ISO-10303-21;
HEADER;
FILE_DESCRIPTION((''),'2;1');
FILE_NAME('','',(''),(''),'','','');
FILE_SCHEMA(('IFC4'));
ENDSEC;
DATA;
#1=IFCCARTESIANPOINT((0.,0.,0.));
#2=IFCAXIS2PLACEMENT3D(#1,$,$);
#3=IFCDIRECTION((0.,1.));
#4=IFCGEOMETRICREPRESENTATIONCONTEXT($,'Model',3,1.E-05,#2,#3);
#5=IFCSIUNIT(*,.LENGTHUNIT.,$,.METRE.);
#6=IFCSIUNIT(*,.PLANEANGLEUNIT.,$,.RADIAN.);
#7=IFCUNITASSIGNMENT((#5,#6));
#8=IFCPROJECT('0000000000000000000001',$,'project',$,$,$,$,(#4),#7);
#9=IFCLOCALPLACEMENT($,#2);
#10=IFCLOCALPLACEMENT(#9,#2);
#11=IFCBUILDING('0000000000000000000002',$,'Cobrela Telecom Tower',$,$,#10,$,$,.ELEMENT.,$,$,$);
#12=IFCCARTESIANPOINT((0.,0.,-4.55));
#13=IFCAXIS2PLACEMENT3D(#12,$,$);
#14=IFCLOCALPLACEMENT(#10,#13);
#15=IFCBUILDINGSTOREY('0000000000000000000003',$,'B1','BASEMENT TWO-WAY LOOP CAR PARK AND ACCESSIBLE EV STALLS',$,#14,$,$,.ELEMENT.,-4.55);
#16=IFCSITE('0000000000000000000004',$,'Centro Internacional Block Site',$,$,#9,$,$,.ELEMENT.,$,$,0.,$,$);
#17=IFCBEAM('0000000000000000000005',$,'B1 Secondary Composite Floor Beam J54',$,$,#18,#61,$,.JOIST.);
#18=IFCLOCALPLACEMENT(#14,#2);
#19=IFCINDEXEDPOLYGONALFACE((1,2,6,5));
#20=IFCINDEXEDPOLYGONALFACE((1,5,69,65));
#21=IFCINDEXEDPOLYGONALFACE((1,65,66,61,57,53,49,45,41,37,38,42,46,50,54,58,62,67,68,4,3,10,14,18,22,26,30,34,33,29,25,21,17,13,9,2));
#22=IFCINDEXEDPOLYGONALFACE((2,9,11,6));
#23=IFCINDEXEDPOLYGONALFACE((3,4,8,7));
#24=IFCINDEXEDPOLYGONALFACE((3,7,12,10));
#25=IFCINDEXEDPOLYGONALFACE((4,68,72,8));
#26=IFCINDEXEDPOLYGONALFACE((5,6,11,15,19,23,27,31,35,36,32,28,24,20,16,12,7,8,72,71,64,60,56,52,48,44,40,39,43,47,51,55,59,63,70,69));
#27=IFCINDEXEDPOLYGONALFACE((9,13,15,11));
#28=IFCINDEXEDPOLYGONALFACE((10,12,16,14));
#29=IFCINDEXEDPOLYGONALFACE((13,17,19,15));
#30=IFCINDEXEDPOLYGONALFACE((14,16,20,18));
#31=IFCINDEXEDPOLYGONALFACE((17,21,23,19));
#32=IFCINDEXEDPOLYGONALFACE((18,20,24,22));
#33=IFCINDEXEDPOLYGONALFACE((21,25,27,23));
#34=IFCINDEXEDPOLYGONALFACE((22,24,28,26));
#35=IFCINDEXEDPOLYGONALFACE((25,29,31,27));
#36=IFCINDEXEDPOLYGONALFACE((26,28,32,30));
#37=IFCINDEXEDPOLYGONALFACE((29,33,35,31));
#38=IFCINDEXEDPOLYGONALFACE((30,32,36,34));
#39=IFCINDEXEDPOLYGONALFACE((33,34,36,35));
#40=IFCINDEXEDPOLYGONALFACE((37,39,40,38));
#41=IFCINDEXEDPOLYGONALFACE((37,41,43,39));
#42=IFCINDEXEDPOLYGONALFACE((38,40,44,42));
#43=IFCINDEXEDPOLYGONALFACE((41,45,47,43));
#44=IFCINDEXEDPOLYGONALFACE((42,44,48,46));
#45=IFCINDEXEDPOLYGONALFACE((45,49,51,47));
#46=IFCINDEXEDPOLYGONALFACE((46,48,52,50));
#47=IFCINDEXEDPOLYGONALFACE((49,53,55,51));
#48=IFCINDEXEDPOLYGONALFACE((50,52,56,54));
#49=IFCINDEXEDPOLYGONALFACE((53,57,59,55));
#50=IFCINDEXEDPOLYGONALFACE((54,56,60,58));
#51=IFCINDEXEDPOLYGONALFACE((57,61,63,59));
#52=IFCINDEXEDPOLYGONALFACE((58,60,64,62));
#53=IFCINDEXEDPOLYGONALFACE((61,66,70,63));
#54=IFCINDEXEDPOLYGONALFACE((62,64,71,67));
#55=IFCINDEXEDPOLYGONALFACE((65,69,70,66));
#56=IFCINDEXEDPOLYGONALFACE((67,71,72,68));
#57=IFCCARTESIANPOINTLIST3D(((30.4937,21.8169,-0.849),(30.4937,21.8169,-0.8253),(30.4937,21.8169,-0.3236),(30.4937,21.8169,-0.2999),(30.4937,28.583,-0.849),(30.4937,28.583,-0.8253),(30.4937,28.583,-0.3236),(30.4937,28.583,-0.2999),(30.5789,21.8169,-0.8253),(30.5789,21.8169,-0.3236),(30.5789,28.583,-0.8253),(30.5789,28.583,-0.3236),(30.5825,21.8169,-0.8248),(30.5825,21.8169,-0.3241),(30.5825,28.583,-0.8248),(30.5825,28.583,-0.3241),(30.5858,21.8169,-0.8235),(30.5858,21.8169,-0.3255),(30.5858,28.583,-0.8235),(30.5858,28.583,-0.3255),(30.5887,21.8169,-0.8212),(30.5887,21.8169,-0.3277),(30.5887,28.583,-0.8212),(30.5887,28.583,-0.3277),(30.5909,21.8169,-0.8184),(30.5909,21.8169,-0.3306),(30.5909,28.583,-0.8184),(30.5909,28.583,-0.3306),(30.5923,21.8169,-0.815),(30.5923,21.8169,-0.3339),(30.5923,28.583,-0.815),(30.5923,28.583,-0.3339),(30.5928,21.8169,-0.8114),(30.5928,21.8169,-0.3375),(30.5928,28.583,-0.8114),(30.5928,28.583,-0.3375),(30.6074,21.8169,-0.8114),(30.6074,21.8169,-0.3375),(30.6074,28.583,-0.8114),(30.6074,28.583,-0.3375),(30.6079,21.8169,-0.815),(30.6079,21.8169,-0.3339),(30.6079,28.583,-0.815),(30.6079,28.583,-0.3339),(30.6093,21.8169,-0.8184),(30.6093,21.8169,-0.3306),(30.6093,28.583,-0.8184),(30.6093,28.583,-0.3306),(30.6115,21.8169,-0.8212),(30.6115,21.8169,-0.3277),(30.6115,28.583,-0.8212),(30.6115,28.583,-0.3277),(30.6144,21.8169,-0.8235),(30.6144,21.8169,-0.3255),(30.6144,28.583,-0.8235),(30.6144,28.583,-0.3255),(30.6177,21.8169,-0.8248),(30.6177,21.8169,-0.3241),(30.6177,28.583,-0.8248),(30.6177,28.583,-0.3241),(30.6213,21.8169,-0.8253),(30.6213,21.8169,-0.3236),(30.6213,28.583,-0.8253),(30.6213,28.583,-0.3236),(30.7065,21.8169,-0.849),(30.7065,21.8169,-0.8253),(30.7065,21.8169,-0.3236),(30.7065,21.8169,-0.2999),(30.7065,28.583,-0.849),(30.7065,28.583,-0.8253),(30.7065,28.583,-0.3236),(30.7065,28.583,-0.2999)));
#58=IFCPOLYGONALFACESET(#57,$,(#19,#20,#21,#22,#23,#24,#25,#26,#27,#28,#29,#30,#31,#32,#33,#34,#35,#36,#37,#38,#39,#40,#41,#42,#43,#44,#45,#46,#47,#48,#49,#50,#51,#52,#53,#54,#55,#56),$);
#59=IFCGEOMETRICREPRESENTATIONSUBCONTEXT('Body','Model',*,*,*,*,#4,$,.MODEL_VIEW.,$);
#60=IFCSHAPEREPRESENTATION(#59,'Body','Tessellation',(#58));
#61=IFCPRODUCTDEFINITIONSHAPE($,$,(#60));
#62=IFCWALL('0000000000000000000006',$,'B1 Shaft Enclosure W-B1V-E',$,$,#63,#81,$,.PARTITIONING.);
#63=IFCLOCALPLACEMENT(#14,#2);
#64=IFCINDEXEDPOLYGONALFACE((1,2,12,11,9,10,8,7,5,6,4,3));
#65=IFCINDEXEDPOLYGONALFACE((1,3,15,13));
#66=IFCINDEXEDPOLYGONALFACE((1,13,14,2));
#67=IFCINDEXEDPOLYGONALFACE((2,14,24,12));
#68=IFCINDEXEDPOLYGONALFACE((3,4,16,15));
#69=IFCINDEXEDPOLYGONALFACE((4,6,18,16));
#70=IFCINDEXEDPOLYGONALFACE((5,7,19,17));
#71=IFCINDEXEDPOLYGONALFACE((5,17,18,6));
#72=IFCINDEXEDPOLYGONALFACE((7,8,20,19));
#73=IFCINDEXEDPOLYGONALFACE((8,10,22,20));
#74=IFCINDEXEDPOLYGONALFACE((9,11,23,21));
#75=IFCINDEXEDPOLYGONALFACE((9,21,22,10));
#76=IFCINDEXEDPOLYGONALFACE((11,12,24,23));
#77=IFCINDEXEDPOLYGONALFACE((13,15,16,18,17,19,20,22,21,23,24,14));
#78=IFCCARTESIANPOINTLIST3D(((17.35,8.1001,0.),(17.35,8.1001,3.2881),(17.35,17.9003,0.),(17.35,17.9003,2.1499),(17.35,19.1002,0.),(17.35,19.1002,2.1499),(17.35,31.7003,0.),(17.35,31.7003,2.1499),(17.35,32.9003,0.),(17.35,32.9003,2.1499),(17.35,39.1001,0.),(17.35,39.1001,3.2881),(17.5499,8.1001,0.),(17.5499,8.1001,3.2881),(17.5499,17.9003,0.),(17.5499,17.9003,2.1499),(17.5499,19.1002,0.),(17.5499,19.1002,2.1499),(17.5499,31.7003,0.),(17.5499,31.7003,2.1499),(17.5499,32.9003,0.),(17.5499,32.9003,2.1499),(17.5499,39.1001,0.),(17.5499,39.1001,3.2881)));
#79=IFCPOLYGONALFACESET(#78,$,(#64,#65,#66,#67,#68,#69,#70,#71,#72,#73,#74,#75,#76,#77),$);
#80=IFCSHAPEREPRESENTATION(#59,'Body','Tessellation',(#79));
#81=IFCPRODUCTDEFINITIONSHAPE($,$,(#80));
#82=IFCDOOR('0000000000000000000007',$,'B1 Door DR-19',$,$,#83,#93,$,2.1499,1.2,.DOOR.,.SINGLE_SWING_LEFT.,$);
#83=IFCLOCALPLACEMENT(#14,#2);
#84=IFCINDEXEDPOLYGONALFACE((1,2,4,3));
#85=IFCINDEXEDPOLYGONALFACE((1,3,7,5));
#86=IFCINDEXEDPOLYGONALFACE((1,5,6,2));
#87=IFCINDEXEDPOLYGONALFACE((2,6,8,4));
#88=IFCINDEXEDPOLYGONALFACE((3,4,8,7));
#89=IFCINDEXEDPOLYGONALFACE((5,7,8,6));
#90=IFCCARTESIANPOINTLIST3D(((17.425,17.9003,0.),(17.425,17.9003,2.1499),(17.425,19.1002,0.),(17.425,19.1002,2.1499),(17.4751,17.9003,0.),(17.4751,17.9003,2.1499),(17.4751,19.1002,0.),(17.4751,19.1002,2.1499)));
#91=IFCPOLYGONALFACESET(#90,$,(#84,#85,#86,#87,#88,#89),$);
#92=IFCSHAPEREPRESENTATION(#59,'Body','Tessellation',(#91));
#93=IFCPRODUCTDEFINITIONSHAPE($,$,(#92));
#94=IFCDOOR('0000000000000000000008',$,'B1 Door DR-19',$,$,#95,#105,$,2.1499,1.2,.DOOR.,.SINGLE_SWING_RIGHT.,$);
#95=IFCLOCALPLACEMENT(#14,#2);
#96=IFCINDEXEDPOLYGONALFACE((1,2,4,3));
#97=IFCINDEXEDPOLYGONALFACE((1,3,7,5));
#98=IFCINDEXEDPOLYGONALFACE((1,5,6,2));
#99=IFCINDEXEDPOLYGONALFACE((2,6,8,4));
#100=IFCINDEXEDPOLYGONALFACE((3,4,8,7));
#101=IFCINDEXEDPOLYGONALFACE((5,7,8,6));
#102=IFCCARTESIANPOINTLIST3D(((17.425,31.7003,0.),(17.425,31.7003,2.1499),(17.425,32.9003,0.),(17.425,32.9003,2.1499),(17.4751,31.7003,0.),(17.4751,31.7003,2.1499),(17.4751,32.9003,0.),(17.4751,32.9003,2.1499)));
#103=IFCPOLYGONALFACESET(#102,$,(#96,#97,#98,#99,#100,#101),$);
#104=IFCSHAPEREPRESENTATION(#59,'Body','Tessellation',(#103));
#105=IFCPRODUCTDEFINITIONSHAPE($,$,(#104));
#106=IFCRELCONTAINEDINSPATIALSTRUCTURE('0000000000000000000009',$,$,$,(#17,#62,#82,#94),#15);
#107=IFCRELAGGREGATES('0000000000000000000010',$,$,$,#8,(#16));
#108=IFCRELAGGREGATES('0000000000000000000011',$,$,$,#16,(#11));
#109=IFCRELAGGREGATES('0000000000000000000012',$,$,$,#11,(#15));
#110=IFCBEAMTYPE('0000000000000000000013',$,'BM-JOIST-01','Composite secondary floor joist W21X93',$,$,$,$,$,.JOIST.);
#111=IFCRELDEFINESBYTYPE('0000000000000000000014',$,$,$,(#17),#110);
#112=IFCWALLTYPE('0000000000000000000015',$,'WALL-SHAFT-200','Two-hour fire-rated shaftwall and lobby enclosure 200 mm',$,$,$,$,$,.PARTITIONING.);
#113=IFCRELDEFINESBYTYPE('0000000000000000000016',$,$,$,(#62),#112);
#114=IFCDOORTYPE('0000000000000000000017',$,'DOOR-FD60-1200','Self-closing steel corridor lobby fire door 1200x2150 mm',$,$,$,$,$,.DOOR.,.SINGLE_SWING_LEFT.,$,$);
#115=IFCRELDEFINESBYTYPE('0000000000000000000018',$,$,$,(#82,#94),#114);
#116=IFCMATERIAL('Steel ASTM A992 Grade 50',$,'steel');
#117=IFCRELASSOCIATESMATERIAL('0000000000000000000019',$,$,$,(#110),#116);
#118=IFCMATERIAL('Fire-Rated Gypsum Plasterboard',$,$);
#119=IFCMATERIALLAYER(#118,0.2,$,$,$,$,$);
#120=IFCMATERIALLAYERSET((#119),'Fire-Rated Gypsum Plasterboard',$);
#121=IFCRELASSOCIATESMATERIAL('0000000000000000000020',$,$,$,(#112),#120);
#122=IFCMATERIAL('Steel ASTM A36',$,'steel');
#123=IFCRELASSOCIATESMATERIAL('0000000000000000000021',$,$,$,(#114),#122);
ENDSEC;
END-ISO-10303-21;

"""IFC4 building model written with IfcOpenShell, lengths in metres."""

from ifc_helpers import new_model, si_unit, direction, frame, frame_2d, origin, origin_2d, place, context, subcontext, project, spatial, rectangle, i_section, extrude, material, layer, layer_set, material_profile, profile_set, type_object, element, fill, save


model = new_model("IFC4")

# Units and contexts
model_context = context("Model", 3, precision=1e-05, world=origin(), true_north=direction((0.0, 1.0)))
body_context = subcontext(model_context, "Body", "Model", "MODEL_VIEW")
ifc_project = project(units=[si_unit("LENGTHUNIT", "METRE"), si_unit("PLANEANGLEUNIT", "RADIAN")], contexts=[model_context])

# Site, building, storey
site_placement = place(None, origin())
site = spatial("IfcSite", under=ifc_project, at=site_placement, Name="Centro Internacional Block Site", CompositionType="ELEMENT", RefElevation=0.0)
building_placement = place(site_placement, origin())
building = spatial("IfcBuilding", under=site, at=building_placement, Name="Cobrela Telecom Tower", CompositionType="ELEMENT")
storey_placement = place(building_placement, frame((0.0, 0.0, -4.55)))
storey = spatial("IfcBuildingStorey", under=building, at=storey_placement, Name="B1", Description="BASEMENT TWO-WAY LOOP CAR PARK AND ACCESSIBLE EV STALLS", CompositionType="ELEMENT", Elevation=-4.55)

# Beam
ifc_material_1 = material(Name="Steel ASTM A992 Grade 50", Category="steel")
ifc_material_profile_1 = material_profile(ifc_material_1, i_section(OverallWidth=0.2129, OverallDepth=0.5491, WebThickness=0.0146, FlangeThickness=0.0237, FilletRadius=0.0139, at=origin_2d()), Name="W21X93")
ifc_profile_set_1 = profile_set([ifc_material_profile_1], Name="Steel ASTM A992 Grade 50")
beam_type_1 = type_object("IfcBeamType", Name="BM-JOIST-01", Description="Composite secondary floor joist W21X93", PredefinedType="JOIST", material=ifc_profile_set_1)
for number, where, z_axis, x_axis, name in (
    (1, (30.6001, 21.8169, -0.5745), (0.0, 1.0, 0.0), (-1.0, 0.0, 0.0), "B1 Secondary Composite Floor Beam J54"),
):
    element("IfcBeam", number, at=place(storey_placement, frame(where, z_axis=z_axis, x_axis=x_axis)), inside=storey, type_object=beam_type_1, Name=name, PredefinedType="JOIST", context=body_context, shape_type="SweptSolid", body=[
        extrude(i_section(OverallWidth=0.2129, OverallDepth=0.5491, WebThickness=0.0146, FlangeThickness=0.0237, FilletRadius=0.0139, at=origin_2d()), origin(), (0.0, 0.0, 1.0), 6.7661),
    ])

# Wall, openings, doors
ifc_material_2 = material(Name="Fire-Rated Gypsum Plasterboard")
ifc_layer = layer(ifc_material_2, 0.2)
ifc_layer_set = layer_set([ifc_layer], Name="Fire-Rated Gypsum Plasterboard")
wall_type = type_object("IfcWallType", Name="WALL-SHAFT-200", Description="Two-hour fire-rated shaftwall and lobby enclosure 200 mm", PredefinedType="PARTITIONING", material=ifc_layer_set)
wall_1_placement = place(storey_placement, frame((17.45, 8.1001, 0.0), z_axis=(0.0, 0.0, 1.0), x_axis=(0.0, 1.0, 0.0)))
wall_1 = element("IfcWall", 2, at=wall_1_placement, inside=storey, type_object=wall_type, Name="B1 Shaft Enclosure W-B1V-E", PredefinedType="PARTITIONING", context=body_context, shape_type="SweptSolid", body=[
    extrude(rectangle(XDim=31.0, YDim=0.2, at=frame_2d((15.5, 0.0))), origin(), (0.0, 0.0, 1.0), 3.2881),
])
opening_1_placement = place(wall_1_placement, frame((9.8, 0.0, 0.0)))
opening_1 = element("IfcOpeningElement", 3, at=opening_1_placement, cuts=wall_1, PredefinedType="OPENING", context=body_context, shape_type="SweptSolid", body=[
    extrude(rectangle(XDim=1.2, YDim=2.1499, at=frame_2d((0.6001, 1.075))), frame((0.0, 0.1118, 0.0), z_axis=(0.0, -1.0, 0.0), x_axis=(1.0, 0.0, 0.0)), (0.0, 0.0, 1.0), 0.2239),
])
opening_2_placement = place(wall_1_placement, frame((23.6001, 0.0, 0.0)))
opening_2 = element("IfcOpeningElement", 4, at=opening_2_placement, cuts=wall_1, PredefinedType="OPENING", context=body_context, shape_type="SweptSolid", body=[
    extrude(rectangle(XDim=1.2, YDim=2.1499, at=frame_2d((0.6001, 1.075))), frame((0.0, 0.1118, 0.0), z_axis=(0.0, -1.0, 0.0), x_axis=(1.0, 0.0, 0.0)), (0.0, 0.0, 1.0), 0.2239),
])
ifc_material_3 = material(Name="Steel ASTM A36", Category="steel")
door_type_1 = type_object("IfcDoorType", Name="DOOR-FD60-1200", Description="Self-closing steel corridor lobby fire door 1200x2150 mm", OperationType="SINGLE_SWING_LEFT", PredefinedType="DOOR", material=ifc_material_3)
door_1_placement = place(opening_1_placement, origin())
door_1 = element("IfcDoor", 5, at=door_1_placement, inside=storey, type_object=door_type_1, Name="B1 Door DR-19", OperationType="SINGLE_SWING_LEFT", OverallHeight=2.1499, OverallWidth=1.2, PredefinedType="DOOR", context=body_context, shape_type="SweptSolid", body=[
    extrude(rectangle(XDim=1.2, YDim=2.1499, at=frame_2d((0.6001, 1.075))), frame((0.0, 0.0249, 0.0), z_axis=(0.0, -1.0, 0.0), x_axis=(1.0, 0.0, 0.0)), (0.0, 0.0, 1.0), 0.05),
])
fill(opening_1, door_1)
door_2_placement = place(opening_2_placement, origin())
door_2 = element("IfcDoor", 6, at=door_2_placement, inside=storey, type_object=door_type_1, Name="B1 Door DR-19", OperationType="SINGLE_SWING_RIGHT", OverallHeight=2.1499, OverallWidth=1.2, PredefinedType="DOOR", context=body_context, shape_type="SweptSolid", body=[
    extrude(rectangle(XDim=1.2, YDim=2.1499, at=frame_2d((0.6001, 1.075))), frame((0.0, 0.0249, 0.0), z_axis=(0.0, -1.0, 0.0), x_axis=(1.0, 0.0, 0.0)), (0.0, 0.0, 1.0), 0.05),
])
fill(opening_2, door_2)

save(model, "model.ifc")
